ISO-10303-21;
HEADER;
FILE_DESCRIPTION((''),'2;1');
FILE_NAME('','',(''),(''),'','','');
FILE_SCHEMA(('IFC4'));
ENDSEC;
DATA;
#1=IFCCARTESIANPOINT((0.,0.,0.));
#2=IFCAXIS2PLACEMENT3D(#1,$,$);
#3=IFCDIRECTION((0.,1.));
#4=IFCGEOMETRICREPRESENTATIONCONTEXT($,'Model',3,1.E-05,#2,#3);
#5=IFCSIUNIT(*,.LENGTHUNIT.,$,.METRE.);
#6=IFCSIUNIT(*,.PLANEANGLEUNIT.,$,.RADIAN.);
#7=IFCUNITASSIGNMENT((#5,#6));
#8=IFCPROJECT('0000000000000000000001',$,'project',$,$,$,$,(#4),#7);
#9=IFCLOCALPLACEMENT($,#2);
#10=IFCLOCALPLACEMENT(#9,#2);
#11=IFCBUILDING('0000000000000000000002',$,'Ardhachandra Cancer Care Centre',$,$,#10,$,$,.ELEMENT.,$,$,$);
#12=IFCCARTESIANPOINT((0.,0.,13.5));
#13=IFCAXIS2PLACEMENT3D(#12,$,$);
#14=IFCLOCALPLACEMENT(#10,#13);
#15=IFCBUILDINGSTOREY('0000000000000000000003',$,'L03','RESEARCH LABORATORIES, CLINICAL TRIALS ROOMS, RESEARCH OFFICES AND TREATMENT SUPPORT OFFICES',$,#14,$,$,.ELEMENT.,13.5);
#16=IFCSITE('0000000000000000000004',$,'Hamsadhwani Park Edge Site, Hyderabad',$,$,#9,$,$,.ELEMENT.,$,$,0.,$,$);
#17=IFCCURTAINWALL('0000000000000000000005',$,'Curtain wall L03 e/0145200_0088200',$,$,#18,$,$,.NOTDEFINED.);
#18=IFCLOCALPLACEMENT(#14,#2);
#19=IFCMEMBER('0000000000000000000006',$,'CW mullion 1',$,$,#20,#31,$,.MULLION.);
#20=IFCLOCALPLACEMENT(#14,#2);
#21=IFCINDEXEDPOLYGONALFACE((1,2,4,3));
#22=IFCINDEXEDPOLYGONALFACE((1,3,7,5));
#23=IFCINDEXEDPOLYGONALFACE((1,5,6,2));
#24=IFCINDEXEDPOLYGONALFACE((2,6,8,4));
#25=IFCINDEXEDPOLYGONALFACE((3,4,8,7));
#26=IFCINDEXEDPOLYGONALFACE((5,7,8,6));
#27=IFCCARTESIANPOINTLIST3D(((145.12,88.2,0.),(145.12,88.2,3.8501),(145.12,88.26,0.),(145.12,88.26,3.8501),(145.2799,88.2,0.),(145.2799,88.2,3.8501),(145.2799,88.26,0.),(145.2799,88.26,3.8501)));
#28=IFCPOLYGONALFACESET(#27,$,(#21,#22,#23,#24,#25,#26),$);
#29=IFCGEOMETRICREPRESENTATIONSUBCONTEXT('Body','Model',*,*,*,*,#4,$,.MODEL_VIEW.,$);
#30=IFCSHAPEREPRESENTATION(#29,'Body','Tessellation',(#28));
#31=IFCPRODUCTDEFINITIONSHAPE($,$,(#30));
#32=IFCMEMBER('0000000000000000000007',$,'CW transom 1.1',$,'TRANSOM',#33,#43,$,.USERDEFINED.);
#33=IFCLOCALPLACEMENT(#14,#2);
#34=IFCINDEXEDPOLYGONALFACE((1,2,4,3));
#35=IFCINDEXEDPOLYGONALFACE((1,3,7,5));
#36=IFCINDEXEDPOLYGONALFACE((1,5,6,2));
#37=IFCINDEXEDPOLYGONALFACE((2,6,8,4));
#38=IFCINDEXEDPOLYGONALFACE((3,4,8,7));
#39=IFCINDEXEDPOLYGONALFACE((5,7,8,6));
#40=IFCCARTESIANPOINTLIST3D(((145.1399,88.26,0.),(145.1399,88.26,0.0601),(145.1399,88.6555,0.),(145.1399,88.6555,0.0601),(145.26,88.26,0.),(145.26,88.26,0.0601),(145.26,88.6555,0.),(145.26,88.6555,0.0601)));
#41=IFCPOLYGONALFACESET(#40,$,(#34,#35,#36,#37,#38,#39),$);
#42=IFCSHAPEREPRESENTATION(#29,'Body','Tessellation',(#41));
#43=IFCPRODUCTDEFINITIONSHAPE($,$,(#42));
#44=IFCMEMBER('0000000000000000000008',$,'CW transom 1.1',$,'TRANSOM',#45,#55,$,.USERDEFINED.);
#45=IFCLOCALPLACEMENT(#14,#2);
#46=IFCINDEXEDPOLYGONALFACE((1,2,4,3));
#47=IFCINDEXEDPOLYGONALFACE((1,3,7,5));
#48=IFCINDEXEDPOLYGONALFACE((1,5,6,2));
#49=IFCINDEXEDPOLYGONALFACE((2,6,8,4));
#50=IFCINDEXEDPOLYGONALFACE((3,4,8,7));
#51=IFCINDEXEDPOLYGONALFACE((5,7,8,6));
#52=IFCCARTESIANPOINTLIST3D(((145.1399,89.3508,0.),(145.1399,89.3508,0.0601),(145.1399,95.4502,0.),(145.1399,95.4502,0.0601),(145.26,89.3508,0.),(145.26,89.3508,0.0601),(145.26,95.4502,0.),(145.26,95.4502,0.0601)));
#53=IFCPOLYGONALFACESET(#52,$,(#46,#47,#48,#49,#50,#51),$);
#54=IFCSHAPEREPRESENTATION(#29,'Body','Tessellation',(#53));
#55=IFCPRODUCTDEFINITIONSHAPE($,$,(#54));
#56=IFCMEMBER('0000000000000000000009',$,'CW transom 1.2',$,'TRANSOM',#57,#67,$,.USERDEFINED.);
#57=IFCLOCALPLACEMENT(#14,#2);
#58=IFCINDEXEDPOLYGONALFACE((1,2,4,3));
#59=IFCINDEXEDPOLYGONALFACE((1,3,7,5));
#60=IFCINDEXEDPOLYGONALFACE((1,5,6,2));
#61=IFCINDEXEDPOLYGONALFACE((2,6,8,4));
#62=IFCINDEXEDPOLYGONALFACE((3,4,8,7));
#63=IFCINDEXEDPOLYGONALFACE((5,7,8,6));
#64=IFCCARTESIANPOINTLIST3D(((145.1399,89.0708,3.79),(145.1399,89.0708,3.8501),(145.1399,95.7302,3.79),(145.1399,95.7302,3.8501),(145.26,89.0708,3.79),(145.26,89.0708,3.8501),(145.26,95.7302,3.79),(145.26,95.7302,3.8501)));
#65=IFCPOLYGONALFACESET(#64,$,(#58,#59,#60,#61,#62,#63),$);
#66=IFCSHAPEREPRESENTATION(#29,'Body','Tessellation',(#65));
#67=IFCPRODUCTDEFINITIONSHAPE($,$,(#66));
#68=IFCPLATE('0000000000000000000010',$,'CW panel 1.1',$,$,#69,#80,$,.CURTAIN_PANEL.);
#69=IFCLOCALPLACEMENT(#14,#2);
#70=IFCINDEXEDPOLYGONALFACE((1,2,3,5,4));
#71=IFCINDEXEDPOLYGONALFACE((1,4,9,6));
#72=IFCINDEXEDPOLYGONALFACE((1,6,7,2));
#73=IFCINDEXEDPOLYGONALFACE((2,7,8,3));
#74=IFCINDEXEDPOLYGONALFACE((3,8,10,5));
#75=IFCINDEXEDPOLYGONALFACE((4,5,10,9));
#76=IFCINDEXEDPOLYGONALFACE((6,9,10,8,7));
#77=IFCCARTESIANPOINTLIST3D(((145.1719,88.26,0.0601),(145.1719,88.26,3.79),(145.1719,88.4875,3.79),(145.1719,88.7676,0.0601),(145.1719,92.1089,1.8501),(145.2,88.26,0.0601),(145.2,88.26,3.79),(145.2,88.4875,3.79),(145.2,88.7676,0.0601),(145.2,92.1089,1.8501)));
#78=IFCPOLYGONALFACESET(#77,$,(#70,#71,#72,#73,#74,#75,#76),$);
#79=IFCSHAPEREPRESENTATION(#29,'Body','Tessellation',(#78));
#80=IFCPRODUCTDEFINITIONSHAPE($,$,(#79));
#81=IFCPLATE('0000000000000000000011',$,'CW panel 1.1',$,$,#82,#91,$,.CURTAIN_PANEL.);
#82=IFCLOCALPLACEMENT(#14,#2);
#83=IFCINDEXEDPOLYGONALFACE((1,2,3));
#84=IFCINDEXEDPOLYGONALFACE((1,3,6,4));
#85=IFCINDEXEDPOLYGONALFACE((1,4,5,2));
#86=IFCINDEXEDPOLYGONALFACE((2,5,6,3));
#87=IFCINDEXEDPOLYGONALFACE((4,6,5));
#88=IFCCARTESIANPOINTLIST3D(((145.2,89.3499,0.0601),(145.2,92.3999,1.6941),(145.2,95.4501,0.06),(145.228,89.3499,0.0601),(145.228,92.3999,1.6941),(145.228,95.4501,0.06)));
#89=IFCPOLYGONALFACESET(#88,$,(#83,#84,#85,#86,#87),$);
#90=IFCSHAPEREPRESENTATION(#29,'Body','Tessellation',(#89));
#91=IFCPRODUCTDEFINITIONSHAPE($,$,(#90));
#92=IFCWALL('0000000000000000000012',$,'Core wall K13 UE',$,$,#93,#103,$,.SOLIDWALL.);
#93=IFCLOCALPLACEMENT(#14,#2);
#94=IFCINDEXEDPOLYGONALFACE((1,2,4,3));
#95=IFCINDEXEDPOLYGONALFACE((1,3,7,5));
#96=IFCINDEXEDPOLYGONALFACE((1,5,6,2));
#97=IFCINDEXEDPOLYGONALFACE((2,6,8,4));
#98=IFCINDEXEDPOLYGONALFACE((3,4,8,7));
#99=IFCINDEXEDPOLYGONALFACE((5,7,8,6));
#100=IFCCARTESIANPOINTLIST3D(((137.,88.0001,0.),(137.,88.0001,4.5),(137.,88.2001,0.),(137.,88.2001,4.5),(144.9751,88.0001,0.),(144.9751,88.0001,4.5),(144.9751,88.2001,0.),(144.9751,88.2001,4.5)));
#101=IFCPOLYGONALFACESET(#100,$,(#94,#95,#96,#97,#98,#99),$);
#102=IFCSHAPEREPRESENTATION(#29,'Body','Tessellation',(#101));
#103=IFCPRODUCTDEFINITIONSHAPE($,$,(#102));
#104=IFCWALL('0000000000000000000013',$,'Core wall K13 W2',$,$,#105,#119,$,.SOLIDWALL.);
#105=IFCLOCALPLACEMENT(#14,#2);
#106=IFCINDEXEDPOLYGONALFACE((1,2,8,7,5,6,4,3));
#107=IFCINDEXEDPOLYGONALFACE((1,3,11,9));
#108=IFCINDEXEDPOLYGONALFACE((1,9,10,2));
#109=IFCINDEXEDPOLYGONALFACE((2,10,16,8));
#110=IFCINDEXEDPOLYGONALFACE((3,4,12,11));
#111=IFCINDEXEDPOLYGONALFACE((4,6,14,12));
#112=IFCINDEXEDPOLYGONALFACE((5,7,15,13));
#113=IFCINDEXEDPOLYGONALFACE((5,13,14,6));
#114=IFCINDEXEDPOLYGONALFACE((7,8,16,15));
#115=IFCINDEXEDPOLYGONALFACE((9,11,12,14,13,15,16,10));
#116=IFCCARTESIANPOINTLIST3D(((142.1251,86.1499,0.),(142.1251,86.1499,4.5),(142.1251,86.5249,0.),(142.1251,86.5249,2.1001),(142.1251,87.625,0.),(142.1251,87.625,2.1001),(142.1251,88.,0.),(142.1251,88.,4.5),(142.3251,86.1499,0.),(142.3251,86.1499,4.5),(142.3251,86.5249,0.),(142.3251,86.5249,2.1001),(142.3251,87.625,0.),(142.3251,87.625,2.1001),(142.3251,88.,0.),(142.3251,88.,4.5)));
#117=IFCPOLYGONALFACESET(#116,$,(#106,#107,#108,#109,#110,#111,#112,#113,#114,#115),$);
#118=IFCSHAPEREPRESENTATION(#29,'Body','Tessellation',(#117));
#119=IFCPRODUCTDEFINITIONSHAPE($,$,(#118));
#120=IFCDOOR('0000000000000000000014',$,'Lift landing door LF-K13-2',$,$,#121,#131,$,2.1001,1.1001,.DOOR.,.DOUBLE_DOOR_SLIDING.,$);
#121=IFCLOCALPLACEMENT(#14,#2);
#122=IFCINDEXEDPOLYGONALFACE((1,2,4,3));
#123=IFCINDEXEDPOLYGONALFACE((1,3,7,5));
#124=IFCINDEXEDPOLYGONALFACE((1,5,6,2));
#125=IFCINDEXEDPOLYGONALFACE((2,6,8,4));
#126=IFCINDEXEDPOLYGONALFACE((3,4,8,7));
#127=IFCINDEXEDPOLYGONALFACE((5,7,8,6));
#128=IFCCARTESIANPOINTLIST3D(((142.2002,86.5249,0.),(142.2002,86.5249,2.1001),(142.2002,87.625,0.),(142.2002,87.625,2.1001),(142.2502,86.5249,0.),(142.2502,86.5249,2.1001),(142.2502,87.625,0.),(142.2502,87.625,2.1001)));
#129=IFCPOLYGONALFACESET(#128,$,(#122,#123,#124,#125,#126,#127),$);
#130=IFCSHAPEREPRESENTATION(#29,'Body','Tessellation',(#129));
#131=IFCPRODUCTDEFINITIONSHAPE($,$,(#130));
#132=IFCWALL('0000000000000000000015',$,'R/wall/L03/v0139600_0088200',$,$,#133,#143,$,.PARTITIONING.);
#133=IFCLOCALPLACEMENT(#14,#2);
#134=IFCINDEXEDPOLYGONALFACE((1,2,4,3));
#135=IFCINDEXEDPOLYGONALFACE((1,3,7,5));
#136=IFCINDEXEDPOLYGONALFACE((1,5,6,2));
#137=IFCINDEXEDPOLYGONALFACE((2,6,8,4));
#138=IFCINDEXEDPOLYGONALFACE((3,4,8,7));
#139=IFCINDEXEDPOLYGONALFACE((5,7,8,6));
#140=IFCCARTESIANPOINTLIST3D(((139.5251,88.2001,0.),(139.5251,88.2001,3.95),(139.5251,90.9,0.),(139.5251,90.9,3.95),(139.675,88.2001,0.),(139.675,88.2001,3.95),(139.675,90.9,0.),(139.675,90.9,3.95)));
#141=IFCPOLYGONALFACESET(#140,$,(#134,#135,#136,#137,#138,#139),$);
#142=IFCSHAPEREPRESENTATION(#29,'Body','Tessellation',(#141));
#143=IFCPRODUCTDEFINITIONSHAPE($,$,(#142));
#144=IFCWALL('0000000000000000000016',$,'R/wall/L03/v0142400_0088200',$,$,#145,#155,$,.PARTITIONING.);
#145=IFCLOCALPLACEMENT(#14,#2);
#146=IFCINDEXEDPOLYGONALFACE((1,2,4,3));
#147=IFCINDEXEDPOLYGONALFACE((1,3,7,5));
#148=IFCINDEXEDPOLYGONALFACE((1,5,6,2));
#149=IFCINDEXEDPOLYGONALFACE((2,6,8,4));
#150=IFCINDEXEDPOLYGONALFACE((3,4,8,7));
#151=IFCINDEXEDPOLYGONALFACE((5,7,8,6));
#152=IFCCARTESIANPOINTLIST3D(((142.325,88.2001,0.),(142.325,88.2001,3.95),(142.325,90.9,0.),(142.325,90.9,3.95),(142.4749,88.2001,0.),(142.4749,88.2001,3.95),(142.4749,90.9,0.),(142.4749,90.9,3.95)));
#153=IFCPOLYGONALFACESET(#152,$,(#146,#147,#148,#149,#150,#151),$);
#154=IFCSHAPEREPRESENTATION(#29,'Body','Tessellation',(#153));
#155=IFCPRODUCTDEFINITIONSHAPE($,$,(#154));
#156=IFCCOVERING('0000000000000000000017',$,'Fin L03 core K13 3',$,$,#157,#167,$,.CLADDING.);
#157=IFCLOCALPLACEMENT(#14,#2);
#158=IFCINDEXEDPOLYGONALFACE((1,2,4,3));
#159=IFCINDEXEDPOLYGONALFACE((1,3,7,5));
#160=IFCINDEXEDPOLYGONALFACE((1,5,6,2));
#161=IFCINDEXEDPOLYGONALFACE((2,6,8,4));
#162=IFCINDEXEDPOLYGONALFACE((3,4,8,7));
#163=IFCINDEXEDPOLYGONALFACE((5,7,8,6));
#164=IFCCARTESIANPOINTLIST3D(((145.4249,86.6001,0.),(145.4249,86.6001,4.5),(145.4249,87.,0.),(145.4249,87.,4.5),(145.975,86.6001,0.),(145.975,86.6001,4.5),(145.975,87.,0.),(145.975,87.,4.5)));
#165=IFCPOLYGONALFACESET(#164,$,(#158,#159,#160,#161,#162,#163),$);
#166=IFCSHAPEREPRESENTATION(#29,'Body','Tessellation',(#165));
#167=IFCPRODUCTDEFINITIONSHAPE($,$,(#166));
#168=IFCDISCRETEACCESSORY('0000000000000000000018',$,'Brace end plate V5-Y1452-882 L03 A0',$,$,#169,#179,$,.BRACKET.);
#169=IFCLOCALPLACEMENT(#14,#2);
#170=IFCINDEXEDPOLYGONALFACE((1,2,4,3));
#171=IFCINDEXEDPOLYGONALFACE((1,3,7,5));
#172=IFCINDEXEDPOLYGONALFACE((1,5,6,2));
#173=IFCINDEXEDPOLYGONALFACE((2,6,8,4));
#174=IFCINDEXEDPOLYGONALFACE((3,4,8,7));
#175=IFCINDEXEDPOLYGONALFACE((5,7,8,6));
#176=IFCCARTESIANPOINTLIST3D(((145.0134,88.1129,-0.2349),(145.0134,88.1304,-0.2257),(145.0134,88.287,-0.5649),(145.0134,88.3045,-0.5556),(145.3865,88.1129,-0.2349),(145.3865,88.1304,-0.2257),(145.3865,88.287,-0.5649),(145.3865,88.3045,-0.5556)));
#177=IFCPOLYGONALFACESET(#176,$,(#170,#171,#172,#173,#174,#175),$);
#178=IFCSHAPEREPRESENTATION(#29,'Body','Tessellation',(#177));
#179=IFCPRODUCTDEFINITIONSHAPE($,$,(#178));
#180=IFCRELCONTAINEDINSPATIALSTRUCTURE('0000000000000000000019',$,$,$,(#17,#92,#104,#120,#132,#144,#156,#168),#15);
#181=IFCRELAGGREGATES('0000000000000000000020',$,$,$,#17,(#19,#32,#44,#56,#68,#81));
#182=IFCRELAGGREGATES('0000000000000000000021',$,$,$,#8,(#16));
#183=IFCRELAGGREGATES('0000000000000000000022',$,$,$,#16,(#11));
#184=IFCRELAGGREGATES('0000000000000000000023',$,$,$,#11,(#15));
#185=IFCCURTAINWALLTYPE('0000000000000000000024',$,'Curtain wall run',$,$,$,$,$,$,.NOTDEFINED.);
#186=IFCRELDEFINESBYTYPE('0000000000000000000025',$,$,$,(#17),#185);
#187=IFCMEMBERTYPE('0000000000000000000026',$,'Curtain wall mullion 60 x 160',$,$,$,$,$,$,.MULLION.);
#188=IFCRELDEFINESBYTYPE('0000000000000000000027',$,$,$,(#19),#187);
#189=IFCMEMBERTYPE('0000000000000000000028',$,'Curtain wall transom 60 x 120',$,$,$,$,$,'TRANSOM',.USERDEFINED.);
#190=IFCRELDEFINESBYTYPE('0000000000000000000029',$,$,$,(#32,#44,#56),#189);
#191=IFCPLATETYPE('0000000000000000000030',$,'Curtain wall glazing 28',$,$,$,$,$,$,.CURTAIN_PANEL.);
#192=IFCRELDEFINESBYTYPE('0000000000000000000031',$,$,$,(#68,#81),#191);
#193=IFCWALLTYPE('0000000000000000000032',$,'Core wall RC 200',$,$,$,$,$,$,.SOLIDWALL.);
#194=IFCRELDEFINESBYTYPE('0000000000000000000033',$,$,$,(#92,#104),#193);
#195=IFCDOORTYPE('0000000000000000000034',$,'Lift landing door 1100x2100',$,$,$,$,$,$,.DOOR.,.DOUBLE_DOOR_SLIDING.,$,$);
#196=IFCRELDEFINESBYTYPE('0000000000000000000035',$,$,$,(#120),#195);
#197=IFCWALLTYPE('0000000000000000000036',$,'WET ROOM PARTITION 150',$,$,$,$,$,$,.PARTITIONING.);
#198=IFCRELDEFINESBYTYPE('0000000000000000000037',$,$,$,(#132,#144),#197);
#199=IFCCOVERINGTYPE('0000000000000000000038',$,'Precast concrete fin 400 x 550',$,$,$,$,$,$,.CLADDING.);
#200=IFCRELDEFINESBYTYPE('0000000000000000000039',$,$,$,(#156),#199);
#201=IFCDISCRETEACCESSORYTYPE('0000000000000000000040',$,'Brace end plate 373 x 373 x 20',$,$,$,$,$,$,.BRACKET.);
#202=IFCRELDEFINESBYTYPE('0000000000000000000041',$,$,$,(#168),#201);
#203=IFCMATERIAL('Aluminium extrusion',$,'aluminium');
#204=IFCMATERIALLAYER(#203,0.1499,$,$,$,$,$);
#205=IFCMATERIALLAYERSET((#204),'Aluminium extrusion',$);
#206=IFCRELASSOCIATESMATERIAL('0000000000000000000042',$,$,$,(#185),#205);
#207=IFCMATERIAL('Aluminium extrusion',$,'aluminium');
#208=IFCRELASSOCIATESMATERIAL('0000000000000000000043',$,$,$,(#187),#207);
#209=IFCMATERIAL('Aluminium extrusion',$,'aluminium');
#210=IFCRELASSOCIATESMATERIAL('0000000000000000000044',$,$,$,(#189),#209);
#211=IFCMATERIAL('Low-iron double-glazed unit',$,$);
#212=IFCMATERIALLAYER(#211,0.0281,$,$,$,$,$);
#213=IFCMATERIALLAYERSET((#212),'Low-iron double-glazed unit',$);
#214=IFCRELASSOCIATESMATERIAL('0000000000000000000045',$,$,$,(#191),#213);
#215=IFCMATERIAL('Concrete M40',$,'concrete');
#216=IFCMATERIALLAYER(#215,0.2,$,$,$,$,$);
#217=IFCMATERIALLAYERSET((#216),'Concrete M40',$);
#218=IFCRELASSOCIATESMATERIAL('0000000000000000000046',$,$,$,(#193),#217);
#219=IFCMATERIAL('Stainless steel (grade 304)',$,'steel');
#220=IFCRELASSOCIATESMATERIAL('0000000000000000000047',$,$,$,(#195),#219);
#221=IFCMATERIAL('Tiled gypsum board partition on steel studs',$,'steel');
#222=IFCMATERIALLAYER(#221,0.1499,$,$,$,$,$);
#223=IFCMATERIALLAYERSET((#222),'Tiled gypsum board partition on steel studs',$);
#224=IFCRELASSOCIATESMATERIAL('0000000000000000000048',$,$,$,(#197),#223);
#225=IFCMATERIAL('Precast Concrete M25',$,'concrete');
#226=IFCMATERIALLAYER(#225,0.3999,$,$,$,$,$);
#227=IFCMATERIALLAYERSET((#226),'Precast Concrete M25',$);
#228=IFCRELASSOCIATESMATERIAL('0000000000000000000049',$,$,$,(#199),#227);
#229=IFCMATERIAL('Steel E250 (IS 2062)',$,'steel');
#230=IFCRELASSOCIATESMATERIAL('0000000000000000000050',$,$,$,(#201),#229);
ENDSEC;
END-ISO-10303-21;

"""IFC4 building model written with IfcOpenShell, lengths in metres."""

from ifc_helpers import new_model, si_unit, direction, frame, frame_2d, origin, origin_2d, place, context, subcontext, project, spatial, polyline, rectangle, outline, extrude, material, layer, layer_set, material_profile, profile_set, type_object, element, fill, aggregate, save


model = new_model("IFC4")

# Units and contexts
model_context = context("Model", 3, precision=1e-05, world=origin(), true_north=direction((0.0, 1.0)))
body_context = subcontext(model_context, "Body", "Model", "MODEL_VIEW")
ifc_project = project(units=[si_unit("LENGTHUNIT", "METRE"), si_unit("PLANEANGLEUNIT", "RADIAN")], contexts=[model_context])

# Site, building, storey
site_placement = place(None, origin())
site = spatial("IfcSite", under=ifc_project, at=site_placement, Name="Hamsadhwani Park Edge Site, Hyderabad", CompositionType="ELEMENT", RefElevation=0.0)
building_placement = place(site_placement, origin())
building = spatial("IfcBuilding", under=site, at=building_placement, Name="Ardhachandra Cancer Care Centre", CompositionType="ELEMENT")
storey_placement = place(building_placement, frame((0.0, 0.0, 13.5)))
storey = spatial("IfcBuildingStorey", under=building, at=storey_placement, Name="L03", Description="RESEARCH LABORATORIES, CLINICAL TRIALS ROOMS, RESEARCH OFFICES AND TREATMENT SUPPORT OFFICES", CompositionType="ELEMENT", Elevation=13.5)

# Curtain wall, members, plates
ifc_material_1 = material(Name="Aluminium extrusion", Category="aluminium")
ifc_layer_1 = layer(ifc_material_1, 0.1499)
ifc_layer_set_1 = layer_set([ifc_layer_1], Name="Aluminium extrusion")
curtain_wall_type = type_object("IfcCurtainWallType", Name="Curtain wall run", PredefinedType="NOTDEFINED", material=ifc_layer_set_1)
curtain_wall_placement = place(storey_placement, origin())
curtain_wall = element("IfcCurtainWall", 1, at=curtain_wall_placement, inside=storey, type_object=curtain_wall_type, Name="Curtain wall L03 e/0145200_0088200", PredefinedType="NOTDEFINED")
ifc_material_2 = material(Name="Aluminium extrusion", Category="aluminium")
ifc_material_profile_1 = material_profile(ifc_material_2, rectangle(XDim=0.1599, YDim=0.0601, at=origin_2d()), Name="Curtain wall mullion 60 x 160")
ifc_profile_set_1 = profile_set([ifc_material_profile_1], Name="Aluminium extrusion")
member_type_1 = type_object("IfcMemberType", Name="Curtain wall mullion 60 x 160", PredefinedType="MULLION", material=ifc_profile_set_1)
member_1_placement = place(storey_placement, frame((145.2, 88.23, 0.0), z_axis=(0.0, 0.0, 1.0), x_axis=(-1.0, 0.0, 0.0)))
member_1 = element("IfcMember", 2, at=member_1_placement, type_object=member_type_1, Name="CW mullion 1", PredefinedType="MULLION", context=body_context, shape_type="SweptSolid", body=[
    extrude(rectangle(XDim=0.1599, YDim=0.0601, at=origin_2d()), origin(), (0.0, 0.0, 1.0), 3.8501),
])
ifc_material_3 = material(Name="Aluminium extrusion", Category="aluminium")
ifc_material_profile_2 = material_profile(ifc_material_3, rectangle(XDim=0.1201, YDim=0.0601, at=origin_2d()), Name="Curtain wall transom 60 x 120")
ifc_profile_set_2 = profile_set([ifc_material_profile_2], Name="Aluminium extrusion")
member_type_2 = type_object("IfcMemberType", Name="Curtain wall transom 60 x 120", ElementType="TRANSOM", PredefinedType="USERDEFINED", material=ifc_profile_set_2)
member_2_placement = place(storey_placement, frame((145.2, 88.26, 0.03), z_axis=(0.0, 1.0, 0.0), x_axis=(-1.0, 0.0, 0.0)))
member_2 = element("IfcMember", 3, at=member_2_placement, type_object=member_type_2, Name="CW transom 1.1", ObjectType="TRANSOM", PredefinedType="USERDEFINED", context=body_context, shape_type="SweptSolid", body=[
    extrude(rectangle(XDim=0.1201, YDim=0.0601, at=origin_2d()), origin(), (0.0, 0.0, 1.0), 0.3955),
])
member_3_placement = place(storey_placement, frame((145.2, 89.3508, 0.03), z_axis=(0.0, 1.0, 0.0), x_axis=(-1.0, 0.0, 0.0)))
member_3 = element("IfcMember", 4, at=member_3_placement, type_object=member_type_2, Name="CW transom 1.1", ObjectType="TRANSOM", PredefinedType="USERDEFINED", context=body_context, shape_type="SweptSolid", body=[
    extrude(rectangle(XDim=0.1201, YDim=0.0601, at=origin_2d()), origin(), (0.0, 0.0, 1.0), 6.0994),
])
member_4_placement = place(storey_placement, frame((145.2, 89.0708, 3.8201), z_axis=(0.0, 1.0, 0.0), x_axis=(-1.0, 0.0, 0.0)))
member_4 = element("IfcMember", 5, at=member_4_placement, type_object=member_type_2, Name="CW transom 1.2", ObjectType="TRANSOM", PredefinedType="USERDEFINED", context=body_context, shape_type="SweptSolid", body=[
    extrude(rectangle(XDim=0.1201, YDim=0.0601, at=origin_2d()), origin(), (0.0, 0.0, 1.0), 6.6594),
])
ifc_material_4 = material(Name="Low-iron double-glazed unit")
ifc_layer_2 = layer(ifc_material_4, 0.0281)
ifc_layer_set_2 = layer_set([ifc_layer_2], Name="Low-iron double-glazed unit")
plate_type = type_object("IfcPlateType", Name="Curtain wall glazing 28", PredefinedType="CURTAIN_PANEL", material=ifc_layer_set_2)
plate_1_placement = place(storey_placement, frame((145.2, 88.26, 0.0601), z_axis=(-1.0, 0.0, 0.0), x_axis=(0.0, 0.0, 1.0)))
plate_1 = element("IfcPlate", 6, at=plate_1_placement, type_object=plate_type, Name="CW panel 1.1", PredefinedType="CURTAIN_PANEL", context=body_context, shape_type="SweptSolid", body=[
    extrude(outline(polyline([(0.0, 0.0), (3.73, 0.0), (3.73, 0.2275), (1.79, 3.8489), (0.0, 0.5076), (0.0, 0.0)])), origin(), (0.0, 0.0, 1.0), 0.0281),
])
plate_2_placement = place(storey_placement, frame((145.2, 89.3499, 0.0601), z_axis=(-1.0, 0.0, 0.0), x_axis=(0.0, 0.881471, 0.472239)))
plate_2 = element("IfcPlate", 7, at=plate_2_placement, type_object=plate_type, Name="CW panel 1.1", PredefinedType="CURTAIN_PANEL", context=body_context, shape_type="SweptSolid", body=[
    extrude(outline(polyline([(0.0, 0.0), (3.4602, 0.0), (5.3772, 2.8809), (0.0, 0.0)])), frame((0.0, 0.0, -0.0281)), (0.0, 0.0, 1.0), 0.0281),
])
aggregate(curtain_wall, [member_1, member_2, member_3, member_4, plate_1, plate_2])

# Wall
ifc_material_5 = material(Name="Concrete M40", Category="concrete")
ifc_layer_3 = layer(ifc_material_5, 0.2)
ifc_layer_set_3 = layer_set([ifc_layer_3], Name="Concrete M40")
wall_type_1 = type_object("IfcWallType", Name="Core wall RC 200", PredefinedType="SOLIDWALL", material=ifc_layer_set_3)
wall_1_placement = place(storey_placement, frame((137.0, 88.1001, 0.0), z_axis=(0.0, 0.0, 1.0), x_axis=(1.0, 0.0, 0.0)))
element("IfcWall", 8, at=wall_1_placement, inside=storey, type_object=wall_type_1, Name="Core wall K13 UE", PredefinedType="SOLIDWALL", context=body_context, shape_type="SweptSolid", body=[
    extrude(rectangle(XDim=7.9751, YDim=0.2, at=frame_2d((3.9875, 0.0))), origin(), (0.0, 0.0, 1.0), 4.5),
])

# Wall, opening, door
wall_2_placement = place(storey_placement, frame((142.2251, 86.1499, 0.0), z_axis=(0.0, 0.0, 1.0), x_axis=(0.0, 1.0, 0.0)))
wall_2 = element("IfcWall", 9, at=wall_2_placement, inside=storey, type_object=wall_type_1, Name="Core wall K13 W2", PredefinedType="SOLIDWALL", context=body_context, shape_type="SweptSolid", body=[
    extrude(rectangle(XDim=1.8501, YDim=0.2, at=frame_2d((0.925, 0.0))), origin(), (0.0, 0.0, 1.0), 4.5),
])
opening_placement = place(wall_2_placement, frame((0.375, 0.0, 0.0)))
opening = element("IfcOpeningElement", 10, at=opening_placement, cuts=wall_2, PredefinedType="OPENING", context=body_context, shape_type="SweptSolid", body=[
    extrude(rectangle(XDim=1.1001, YDim=2.1001, at=frame_2d((0.55, 1.05))), frame((0.0, 0.1099, 0.0), z_axis=(0.0, -1.0, 0.0), x_axis=(1.0, 0.0, 0.0)), (0.0, 0.0, 1.0), 0.22),
])
ifc_material_6 = material(Name="Stainless steel (grade 304)", Category="steel")
door_type = type_object("IfcDoorType", Name="Lift landing door 1100x2100", OperationType="DOUBLE_DOOR_SLIDING", PredefinedType="DOOR", material=ifc_material_6)
door_placement = place(opening_placement, origin())
door = element("IfcDoor", 11, at=door_placement, inside=storey, type_object=door_type, Name="Lift landing door LF-K13-2", OperationType="DOUBLE_DOOR_SLIDING", OverallHeight=2.1001, OverallWidth=1.1001, PredefinedType="DOOR", context=body_context, shape_type="SweptSolid", body=[
    extrude(rectangle(XDim=1.1001, YDim=2.1001, at=frame_2d((0.55, 1.05))), frame((0.0, 0.0249, 0.0), z_axis=(0.0, -1.0, 0.0), x_axis=(1.0, 0.0, 0.0)), (0.0, 0.0, 1.0), 0.05),
])
fill(opening, door)

# Walls
ifc_material_7 = material(Name="Tiled gypsum board partition on steel studs", Category="steel")
ifc_layer_4 = layer(ifc_material_7, 0.1499)
ifc_layer_set_4 = layer_set([ifc_layer_4], Name="Tiled gypsum board partition on steel studs")
wall_type_2 = type_object("IfcWallType", Name="WET ROOM PARTITION 150", PredefinedType="PARTITIONING", material=ifc_layer_set_4)
for number, where, z_axis, x_axis, name in (
    (12, (139.6001, 88.2, 0.0), (0.0, 0.0, 1.0), (0.0, 1.0, 0.0), "R/wall/L03/v0139600_0088200"),
    (13, (142.3999, 88.2, 0.0), (0.0, 0.0, 1.0), (0.0, 1.0, 0.0), "R/wall/L03/v0142400_0088200"),
):
    element("IfcWall", number, at=place(storey_placement, frame(where, z_axis=z_axis, x_axis=x_axis)), inside=storey, type_object=wall_type_2, Name=name, PredefinedType="PARTITIONING", context=body_context, shape_type="SweptSolid", body=[
        extrude(rectangle(XDim=2.7, YDim=0.1499, at=frame_2d((1.3501, 0.0))), origin(), (0.0, 0.0, 1.0), 3.95),
    ])

# Covering
ifc_material_8 = material(Name="Precast Concrete M25", Category="concrete")
ifc_layer_5 = layer(ifc_material_8, 0.3999)
ifc_layer_set_5 = layer_set([ifc_layer_5], Name="Precast Concrete M25")
covering_type = type_object("IfcCoveringType", Name="Precast concrete fin 400 x 550", PredefinedType="CLADDING", material=ifc_layer_set_5)
covering_placement = place(storey_placement, frame((145.7, 86.8, 0.0), z_axis=(0.0, 0.0, 1.0), x_axis=(0.0, 1.0, 0.0)))
element("IfcCovering", 14, at=covering_placement, inside=storey, type_object=covering_type, Name="Fin L03 core K13 3", PredefinedType="CLADDING", context=body_context, shape_type="SweptSolid", body=[
    extrude(rectangle(XDim=0.3999, YDim=0.55, at=origin_2d()), origin(), (0.0, 0.0, 1.0), 4.5),
])

# Discrete accessory
ifc_material_9 = material(Name="Steel E250 (IS 2062)", Category="steel")
ifc_material_profile_3 = material_profile(ifc_material_9, rectangle(XDim=0.373, YDim=0.373, at=origin_2d()), Name="PL 373x373x20")
ifc_profile_set_3 = profile_set([ifc_material_profile_3], Name="Steel E250 (IS 2062)")
discrete_accessory_type = type_object("IfcDiscreteAccessoryType", Name="Brace end plate 373 x 373 x 20", PredefinedType="BRACKET", material=ifc_profile_set_3)
discrete_accessory_1_placement = place(storey_placement, frame((145.2, 88.2, -0.3999), z_axis=(0.0, 0.884385, 0.466759), x_axis=(-1.0, 0.0, 0.0)))
element("IfcDiscreteAccessory", 15, at=discrete_accessory_1_placement, inside=storey, type_object=discrete_accessory_type, Name="Brace end plate V5-Y1452-882 L03 A0", PredefinedType="BRACKET", context=body_context, shape_type="SweptSolid", body=[
    extrude(rectangle(XDim=0.373, YDim=0.373, at=origin_2d()), origin(), (0.0, 0.0, 1.0), 0.0198),
])

save(model, "model.ifc")
